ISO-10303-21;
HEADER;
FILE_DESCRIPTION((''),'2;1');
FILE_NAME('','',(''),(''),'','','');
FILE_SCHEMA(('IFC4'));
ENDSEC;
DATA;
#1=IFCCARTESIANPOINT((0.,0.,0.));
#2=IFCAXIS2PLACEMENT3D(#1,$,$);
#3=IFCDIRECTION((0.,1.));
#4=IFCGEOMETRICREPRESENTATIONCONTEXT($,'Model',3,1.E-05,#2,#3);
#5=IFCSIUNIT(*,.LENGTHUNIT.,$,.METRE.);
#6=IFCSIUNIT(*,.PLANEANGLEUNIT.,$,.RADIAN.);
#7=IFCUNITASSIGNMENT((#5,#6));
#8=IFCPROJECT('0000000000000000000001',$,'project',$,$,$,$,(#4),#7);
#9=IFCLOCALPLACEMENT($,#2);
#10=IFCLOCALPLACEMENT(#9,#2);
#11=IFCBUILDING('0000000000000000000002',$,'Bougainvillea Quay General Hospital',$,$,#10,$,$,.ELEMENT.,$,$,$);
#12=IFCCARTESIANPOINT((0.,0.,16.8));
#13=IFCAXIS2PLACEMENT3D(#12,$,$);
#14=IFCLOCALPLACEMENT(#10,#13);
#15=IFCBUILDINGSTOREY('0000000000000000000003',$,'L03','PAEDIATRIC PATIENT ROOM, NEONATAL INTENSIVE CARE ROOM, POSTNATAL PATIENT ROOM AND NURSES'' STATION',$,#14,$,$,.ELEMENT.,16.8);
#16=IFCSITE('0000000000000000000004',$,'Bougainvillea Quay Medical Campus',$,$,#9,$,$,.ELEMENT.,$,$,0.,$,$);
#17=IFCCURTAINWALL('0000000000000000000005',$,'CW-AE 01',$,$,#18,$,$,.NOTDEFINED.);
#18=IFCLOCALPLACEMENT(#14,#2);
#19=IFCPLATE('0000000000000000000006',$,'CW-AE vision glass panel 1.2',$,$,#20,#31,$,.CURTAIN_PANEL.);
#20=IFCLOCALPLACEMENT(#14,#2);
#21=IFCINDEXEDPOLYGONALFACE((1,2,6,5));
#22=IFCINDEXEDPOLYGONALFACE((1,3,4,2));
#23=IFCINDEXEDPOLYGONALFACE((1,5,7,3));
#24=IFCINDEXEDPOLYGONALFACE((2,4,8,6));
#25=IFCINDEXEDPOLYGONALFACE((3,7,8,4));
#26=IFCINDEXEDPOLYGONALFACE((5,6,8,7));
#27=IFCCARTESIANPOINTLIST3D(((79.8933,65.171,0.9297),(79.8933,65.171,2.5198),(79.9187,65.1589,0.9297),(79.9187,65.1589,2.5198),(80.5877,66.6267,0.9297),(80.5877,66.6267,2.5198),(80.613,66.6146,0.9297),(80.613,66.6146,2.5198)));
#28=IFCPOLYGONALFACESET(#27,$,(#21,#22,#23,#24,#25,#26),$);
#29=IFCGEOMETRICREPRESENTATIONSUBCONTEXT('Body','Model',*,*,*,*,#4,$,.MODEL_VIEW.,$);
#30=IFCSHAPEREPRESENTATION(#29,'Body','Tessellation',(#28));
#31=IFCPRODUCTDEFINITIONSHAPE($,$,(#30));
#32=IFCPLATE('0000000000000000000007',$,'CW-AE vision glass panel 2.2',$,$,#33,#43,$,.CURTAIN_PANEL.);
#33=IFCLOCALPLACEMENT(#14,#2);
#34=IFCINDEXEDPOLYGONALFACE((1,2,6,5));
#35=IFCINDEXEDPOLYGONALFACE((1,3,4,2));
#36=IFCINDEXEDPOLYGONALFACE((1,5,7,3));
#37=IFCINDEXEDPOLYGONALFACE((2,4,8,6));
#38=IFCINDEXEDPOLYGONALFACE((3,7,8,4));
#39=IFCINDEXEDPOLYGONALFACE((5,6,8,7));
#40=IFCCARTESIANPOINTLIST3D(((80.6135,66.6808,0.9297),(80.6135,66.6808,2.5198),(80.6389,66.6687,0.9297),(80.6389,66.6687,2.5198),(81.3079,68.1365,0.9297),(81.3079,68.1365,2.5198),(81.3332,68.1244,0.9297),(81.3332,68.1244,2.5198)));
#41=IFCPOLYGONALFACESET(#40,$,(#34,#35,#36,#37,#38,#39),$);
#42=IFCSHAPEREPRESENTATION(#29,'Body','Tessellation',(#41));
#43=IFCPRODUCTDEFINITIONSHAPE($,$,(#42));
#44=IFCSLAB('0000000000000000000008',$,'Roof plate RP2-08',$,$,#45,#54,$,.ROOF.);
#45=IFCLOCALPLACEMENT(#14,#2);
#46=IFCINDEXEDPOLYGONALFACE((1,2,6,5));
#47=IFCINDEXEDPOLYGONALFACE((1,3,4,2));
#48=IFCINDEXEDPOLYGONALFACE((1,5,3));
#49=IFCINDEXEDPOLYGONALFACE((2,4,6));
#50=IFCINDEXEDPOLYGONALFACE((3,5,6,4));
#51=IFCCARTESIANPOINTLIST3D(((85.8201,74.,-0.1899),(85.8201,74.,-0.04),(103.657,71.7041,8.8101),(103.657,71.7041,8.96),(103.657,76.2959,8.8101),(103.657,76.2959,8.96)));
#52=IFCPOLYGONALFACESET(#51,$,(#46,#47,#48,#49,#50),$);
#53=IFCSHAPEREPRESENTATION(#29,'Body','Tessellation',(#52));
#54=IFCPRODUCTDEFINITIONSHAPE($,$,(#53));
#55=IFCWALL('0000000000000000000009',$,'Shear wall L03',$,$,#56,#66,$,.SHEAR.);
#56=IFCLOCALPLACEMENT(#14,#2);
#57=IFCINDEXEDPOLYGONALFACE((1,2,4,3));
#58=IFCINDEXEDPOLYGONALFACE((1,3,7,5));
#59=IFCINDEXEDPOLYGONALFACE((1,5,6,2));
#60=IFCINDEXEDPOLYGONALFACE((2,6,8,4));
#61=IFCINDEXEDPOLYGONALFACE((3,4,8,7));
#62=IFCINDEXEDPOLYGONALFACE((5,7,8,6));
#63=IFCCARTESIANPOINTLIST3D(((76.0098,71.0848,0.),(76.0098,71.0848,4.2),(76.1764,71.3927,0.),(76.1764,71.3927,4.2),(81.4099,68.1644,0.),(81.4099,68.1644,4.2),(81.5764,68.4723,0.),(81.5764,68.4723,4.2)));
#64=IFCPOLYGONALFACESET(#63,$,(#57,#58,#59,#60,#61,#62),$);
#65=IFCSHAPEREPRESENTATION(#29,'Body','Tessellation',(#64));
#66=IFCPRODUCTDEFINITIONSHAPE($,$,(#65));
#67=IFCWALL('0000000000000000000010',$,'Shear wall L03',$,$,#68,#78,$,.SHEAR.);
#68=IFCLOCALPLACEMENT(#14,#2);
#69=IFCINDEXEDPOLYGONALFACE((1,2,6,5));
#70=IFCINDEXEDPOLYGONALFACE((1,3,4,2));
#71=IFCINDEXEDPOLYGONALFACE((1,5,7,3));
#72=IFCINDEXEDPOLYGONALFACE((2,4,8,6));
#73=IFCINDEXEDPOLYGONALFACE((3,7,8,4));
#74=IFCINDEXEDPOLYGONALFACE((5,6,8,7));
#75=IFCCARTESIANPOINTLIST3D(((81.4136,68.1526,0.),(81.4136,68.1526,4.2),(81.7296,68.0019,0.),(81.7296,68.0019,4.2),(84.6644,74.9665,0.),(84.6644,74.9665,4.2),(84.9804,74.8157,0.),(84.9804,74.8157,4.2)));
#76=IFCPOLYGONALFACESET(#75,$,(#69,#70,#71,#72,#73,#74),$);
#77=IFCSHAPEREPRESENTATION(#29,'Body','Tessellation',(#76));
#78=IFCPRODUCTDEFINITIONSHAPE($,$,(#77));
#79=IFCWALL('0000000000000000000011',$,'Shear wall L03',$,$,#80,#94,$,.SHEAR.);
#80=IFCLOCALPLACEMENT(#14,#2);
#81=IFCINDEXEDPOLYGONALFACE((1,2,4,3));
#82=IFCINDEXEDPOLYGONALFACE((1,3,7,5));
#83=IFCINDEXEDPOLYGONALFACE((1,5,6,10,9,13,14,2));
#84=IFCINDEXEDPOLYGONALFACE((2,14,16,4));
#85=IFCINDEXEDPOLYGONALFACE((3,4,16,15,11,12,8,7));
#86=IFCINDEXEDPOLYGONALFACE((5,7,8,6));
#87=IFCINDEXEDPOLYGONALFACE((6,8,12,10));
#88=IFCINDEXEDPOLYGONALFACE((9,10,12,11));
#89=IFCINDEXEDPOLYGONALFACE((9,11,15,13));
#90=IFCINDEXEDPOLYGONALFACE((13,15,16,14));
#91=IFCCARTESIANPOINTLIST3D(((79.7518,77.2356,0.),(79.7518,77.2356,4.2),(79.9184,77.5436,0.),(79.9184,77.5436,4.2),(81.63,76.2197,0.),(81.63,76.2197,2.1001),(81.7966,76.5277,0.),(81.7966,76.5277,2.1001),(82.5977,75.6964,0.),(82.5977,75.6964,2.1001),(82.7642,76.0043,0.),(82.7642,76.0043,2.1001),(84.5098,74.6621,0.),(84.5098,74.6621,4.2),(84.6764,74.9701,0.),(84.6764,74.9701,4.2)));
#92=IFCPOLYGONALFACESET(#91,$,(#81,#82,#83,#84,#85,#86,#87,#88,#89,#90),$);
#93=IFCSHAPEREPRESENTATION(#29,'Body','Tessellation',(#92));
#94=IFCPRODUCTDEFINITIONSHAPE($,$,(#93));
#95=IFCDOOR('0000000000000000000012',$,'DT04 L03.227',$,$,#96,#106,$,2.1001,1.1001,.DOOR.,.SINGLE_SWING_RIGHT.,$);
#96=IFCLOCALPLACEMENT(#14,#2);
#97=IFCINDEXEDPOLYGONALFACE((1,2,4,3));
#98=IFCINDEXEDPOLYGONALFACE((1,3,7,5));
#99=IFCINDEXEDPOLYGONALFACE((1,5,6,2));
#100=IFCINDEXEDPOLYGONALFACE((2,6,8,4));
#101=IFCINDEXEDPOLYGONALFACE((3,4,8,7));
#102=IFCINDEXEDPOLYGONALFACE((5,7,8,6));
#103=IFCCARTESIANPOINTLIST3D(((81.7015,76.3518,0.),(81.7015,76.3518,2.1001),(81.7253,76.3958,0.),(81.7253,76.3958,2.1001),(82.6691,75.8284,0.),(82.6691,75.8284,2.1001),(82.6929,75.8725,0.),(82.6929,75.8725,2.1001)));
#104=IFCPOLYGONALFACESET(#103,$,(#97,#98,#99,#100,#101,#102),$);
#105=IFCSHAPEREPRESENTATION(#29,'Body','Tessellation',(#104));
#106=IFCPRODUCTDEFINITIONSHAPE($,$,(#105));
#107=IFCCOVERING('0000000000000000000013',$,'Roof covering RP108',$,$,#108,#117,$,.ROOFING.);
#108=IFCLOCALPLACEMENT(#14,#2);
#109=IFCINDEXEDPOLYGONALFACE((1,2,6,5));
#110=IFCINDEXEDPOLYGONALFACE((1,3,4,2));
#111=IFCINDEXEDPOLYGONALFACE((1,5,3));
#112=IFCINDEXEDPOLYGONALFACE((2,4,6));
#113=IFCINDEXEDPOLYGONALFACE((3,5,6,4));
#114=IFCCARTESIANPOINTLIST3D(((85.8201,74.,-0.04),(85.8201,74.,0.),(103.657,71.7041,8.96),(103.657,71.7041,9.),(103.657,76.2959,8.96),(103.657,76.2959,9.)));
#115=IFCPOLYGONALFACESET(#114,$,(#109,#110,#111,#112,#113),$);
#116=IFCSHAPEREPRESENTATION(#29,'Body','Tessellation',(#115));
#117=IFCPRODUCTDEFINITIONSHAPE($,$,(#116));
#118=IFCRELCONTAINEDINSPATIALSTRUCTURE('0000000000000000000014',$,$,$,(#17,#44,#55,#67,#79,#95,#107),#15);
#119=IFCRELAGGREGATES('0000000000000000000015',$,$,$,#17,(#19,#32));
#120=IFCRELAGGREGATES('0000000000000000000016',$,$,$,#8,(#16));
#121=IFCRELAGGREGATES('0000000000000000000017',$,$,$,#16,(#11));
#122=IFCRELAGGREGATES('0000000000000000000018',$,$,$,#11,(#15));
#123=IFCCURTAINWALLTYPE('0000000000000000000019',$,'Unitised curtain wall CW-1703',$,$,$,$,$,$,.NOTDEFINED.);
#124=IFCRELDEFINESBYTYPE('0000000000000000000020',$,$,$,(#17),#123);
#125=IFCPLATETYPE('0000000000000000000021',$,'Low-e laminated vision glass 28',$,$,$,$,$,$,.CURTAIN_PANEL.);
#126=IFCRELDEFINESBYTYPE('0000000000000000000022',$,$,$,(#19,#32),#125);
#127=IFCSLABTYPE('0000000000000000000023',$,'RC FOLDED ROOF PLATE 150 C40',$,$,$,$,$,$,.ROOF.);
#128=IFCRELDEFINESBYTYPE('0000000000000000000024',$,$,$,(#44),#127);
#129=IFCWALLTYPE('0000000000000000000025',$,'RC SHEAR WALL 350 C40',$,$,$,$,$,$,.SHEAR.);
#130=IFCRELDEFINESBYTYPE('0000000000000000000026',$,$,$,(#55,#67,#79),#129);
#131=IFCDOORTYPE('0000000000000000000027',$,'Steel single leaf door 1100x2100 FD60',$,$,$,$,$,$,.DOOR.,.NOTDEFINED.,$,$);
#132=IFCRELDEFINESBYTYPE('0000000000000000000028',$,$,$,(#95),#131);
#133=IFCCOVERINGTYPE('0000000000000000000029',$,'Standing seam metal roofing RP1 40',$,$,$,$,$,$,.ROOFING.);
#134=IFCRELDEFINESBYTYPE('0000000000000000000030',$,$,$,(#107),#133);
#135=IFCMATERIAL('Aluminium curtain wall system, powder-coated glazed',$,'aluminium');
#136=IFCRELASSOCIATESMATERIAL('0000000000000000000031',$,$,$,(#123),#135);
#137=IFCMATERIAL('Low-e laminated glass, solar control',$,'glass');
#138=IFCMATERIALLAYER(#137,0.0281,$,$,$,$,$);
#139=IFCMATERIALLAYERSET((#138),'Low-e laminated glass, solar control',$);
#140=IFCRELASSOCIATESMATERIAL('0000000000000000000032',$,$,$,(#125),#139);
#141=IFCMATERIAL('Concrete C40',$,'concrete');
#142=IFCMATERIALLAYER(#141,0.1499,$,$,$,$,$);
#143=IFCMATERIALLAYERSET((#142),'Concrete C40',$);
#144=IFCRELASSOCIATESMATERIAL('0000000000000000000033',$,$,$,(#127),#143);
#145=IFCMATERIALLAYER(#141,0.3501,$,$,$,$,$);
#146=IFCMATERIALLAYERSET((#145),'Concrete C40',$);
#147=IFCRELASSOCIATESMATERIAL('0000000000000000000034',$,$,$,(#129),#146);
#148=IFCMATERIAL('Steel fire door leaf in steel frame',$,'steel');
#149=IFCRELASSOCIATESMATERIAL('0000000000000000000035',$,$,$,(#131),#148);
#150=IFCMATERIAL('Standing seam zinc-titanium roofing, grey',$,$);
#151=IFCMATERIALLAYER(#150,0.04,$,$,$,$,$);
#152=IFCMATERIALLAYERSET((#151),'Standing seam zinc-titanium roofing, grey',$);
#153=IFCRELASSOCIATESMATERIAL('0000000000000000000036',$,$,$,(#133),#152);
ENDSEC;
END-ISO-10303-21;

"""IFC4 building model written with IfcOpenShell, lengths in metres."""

from ifc_helpers import new_model, si_unit, direction, frame, frame_2d, origin, origin_2d, place, context, subcontext, project, spatial, polyline, rectangle, outline, extrude, material, layer, layer_set, type_object, element, fill, aggregate, save


model = new_model("IFC4")

# Units and contexts
model_context = context("Model", 3, precision=1e-05, world=origin(), true_north=direction((0.0, 1.0)))
body_context = subcontext(model_context, "Body", "Model", "MODEL_VIEW")
ifc_project = project(units=[si_unit("LENGTHUNIT", "METRE"), si_unit("PLANEANGLEUNIT", "RADIAN")], contexts=[model_context])

# Site, building, storey
site_placement = place(None, origin())
site = spatial("IfcSite", under=ifc_project, at=site_placement, Name="Bougainvillea Quay Medical Campus", CompositionType="ELEMENT", RefElevation=0.0)
building_placement = place(site_placement, origin())
building = spatial("IfcBuilding", under=site, at=building_placement, Name="Bougainvillea Quay General Hospital", CompositionType="ELEMENT")
storey_placement = place(building_placement, frame((0.0, 0.0, 16.8)))
storey = spatial("IfcBuildingStorey", under=building, at=storey_placement, Name="L03", Description="PAEDIATRIC PATIENT ROOM, NEONATAL INTENSIVE CARE ROOM, POSTNATAL PATIENT ROOM AND NURSES' STATION", CompositionType="ELEMENT", Elevation=16.8)

# Shared definitions
ifc_material_1 = material(Name="Concrete C40", Category="concrete")

# Curtain wall
ifc_material_2 = material(Name="Aluminium curtain wall system, powder-coated glazed", Category="aluminium")
curtain_wall_type_1 = type_object("IfcCurtainWallType", Name="Unitised curtain wall CW-1703", PredefinedType="NOTDEFINED", material=ifc_material_2)
curtain_wall_1_placement = place(storey_placement, origin())
curtain_wall_1 = element("IfcCurtainWall", 1, at=curtain_wall_1_placement, inside=storey, type_object=curtain_wall_type_1, Name="CW-AE 01", PredefinedType="NOTDEFINED")

# Plates
ifc_material_3 = material(Name="Low-e laminated glass, solar control", Category="glass")
ifc_layer_1 = layer(ifc_material_3, 0.0281)
ifc_layer_set_1 = layer_set([ifc_layer_1], Name="Low-e laminated glass, solar control")
plate_type_1 = type_object("IfcPlateType", Name="Low-e laminated vision glass 28", PredefinedType="CURTAIN_PANEL", material=ifc_layer_set_1)
plate_1_placement = place(storey_placement, frame((80.2532, 65.8928, 0.9297), z_axis=(0.0, 0.0, 1.0), x_axis=(0.430525, 0.902578, 0.0)))
plate_1 = element("IfcPlate", 2, at=plate_1_placement, type_object=plate_type_1, Name="CW-AE vision glass panel 1.2", PredefinedType="CURTAIN_PANEL", context=body_context, shape_type="SweptSolid", body=[
    extrude(rectangle(XDim=1.6128, YDim=0.0281, at=origin_2d()), origin(), (0.0, 0.0, 1.0), 1.5901),
])
plate_2_placement = place(storey_placement, frame((80.9734, 67.4026, 0.9297), z_axis=(0.0, 0.0, 1.0), x_axis=(0.430525, 0.902578, 0.0)))
plate_2 = element("IfcPlate", 3, at=plate_2_placement, type_object=plate_type_1, Name="CW-AE vision glass panel 2.2", PredefinedType="CURTAIN_PANEL", context=body_context, shape_type="SweptSolid", body=[
    extrude(rectangle(XDim=1.6128, YDim=0.0281, at=origin_2d()), origin(), (0.0, 0.0, 1.0), 1.5901),
])
aggregate(curtain_wall_1, [plate_1, plate_2])

# Slab
ifc_layer_2 = layer(ifc_material_1, 0.1499)
ifc_layer_set_2 = layer_set([ifc_layer_2], Name="Concrete C40")
slab_type = type_object("IfcSlabType", Name="RC FOLDED ROOF PLATE 150 C40", PredefinedType="ROOF", material=ifc_layer_set_2)
slab_placement = place(storey_placement, frame((85.8201, 74.0, -0.04), z_axis=(-0.450476, 0.0, 0.892789), x_axis=(0.886951, 0.114165, 0.44753)))
element("IfcSlab", 4, at=slab_placement, inside=storey, type_object=slab_type, Name="Roof plate RP2-08", PredefinedType="ROOF", context=body_context, shape_type="SweptSolid", body=[
    extrude(outline(polyline([(0.0, 0.0), (20.1104, 0.0), (19.5861, -4.5618), (0.0, 0.0)])), origin(), (-0.44753, 0.051429, -0.892789), 0.1499),
])

# Walls
ifc_layer_3 = layer(ifc_material_1, 0.3501)
ifc_layer_set_3 = layer_set([ifc_layer_3], Name="Concrete C40")
wall_type = type_object("IfcWallType", Name="RC SHEAR WALL 350 C40", PredefinedType="SHEAR", material=ifc_layer_set_3)
wall_1_placement = place(storey_placement, frame((81.4932, 68.3184, 0.0), z_axis=(0.0, 0.0, 1.0), x_axis=(-0.87961, 0.475695, 0.0)))
element("IfcWall", 5, at=wall_1_placement, inside=storey, type_object=wall_type, Name="Shear wall L03", PredefinedType="SHEAR", context=body_context, shape_type="SweptSolid", body=[
    extrude(rectangle(XDim=6.1392, YDim=0.3501, at=frame_2d((3.0696, 0.0))), origin(), (0.0, 0.0, 1.0), 4.2),
])
wall_2_placement = place(storey_placement, frame((81.5715, 68.0771, 0.0), z_axis=(0.0, 0.0, 1.0), x_axis=(0.430592, 0.902546, 0.0)))
element("IfcWall", 6, at=wall_2_placement, inside=storey, type_object=wall_type, Name="Shear wall L03", PredefinedType="SHEAR", context=body_context, shape_type="SweptSolid", body=[
    extrude(rectangle(XDim=7.5496, YDim=0.3501, at=frame_2d((3.7749, 0.0))), origin(), (0.0, 0.0, 1.0), 4.2),
])

# Wall, opening, door
wall_3_placement = place(storey_placement, frame((84.593, 74.8162, 0.0), z_axis=(0.0, 0.0, 1.0), x_axis=(-0.879586, 0.475741, 0.0)))
wall_3 = element("IfcWall", 7, at=wall_3_placement, inside=storey, type_object=wall_type, Name="Shear wall L03", PredefinedType="SHEAR", context=body_context, shape_type="SweptSolid", body=[
    extrude(rectangle(XDim=5.4094, YDim=0.3501, at=frame_2d((2.7046, 0.0))), origin(), (0.0, 0.0, 1.0), 4.2),
])
opening_placement = place(wall_3_placement, frame((2.1738, 0.0, 0.0)))
opening = element("IfcOpeningElement", 8, at=opening_placement, cuts=wall_3, PredefinedType="OPENING", context=body_context, shape_type="SweptSolid", body=[
    extrude(rectangle(XDim=1.1001, YDim=2.1001, at=frame_2d((0.55, 1.05))), frame((0.0, 0.1851, 0.0), z_axis=(0.0, -1.0, 0.0), x_axis=(1.0, 0.0, 0.0)), (0.0, 0.0, 1.0), 0.3701),
])
ifc_material_4 = material(Name="Steel fire door leaf in steel frame", Category="steel")
door_type = type_object("IfcDoorType", Name="Steel single leaf door 1100x2100 FD60", OperationType="NOTDEFINED", PredefinedType="DOOR", material=ifc_material_4)
door_placement = place(opening_placement, origin())
door = element("IfcDoor", 9, at=door_placement, inside=storey, type_object=door_type, Name="DT04 L03.227", OperationType="SINGLE_SWING_RIGHT", OverallHeight=2.1001, OverallWidth=1.1001, PredefinedType="DOOR", context=body_context, shape_type="SweptSolid", body=[
    extrude(rectangle(XDim=1.1001, YDim=2.1001, at=frame_2d((0.55, 1.05))), frame((0.0, 0.0249, 0.0), z_axis=(0.0, -1.0, 0.0), x_axis=(1.0, 0.0, 0.0)), (0.0, 0.0, 1.0), 0.05),
])
fill(opening, door)

# Covering
ifc_material_5 = material(Name="Standing seam zinc-titanium roofing, grey")
ifc_layer_4 = layer(ifc_material_5, 0.04)
ifc_layer_set_4 = layer_set([ifc_layer_4], Name="Standing seam zinc-titanium roofing, grey")
covering_type = type_object("IfcCoveringType", Name="Standing seam metal roofing RP1 40", PredefinedType="ROOFING", material=ifc_layer_set_4)
covering_placement = place(storey_placement, frame((85.8201, 74.0, 0.0), z_axis=(-0.450476, 0.0, 0.892789), x_axis=(0.886951, 0.114165, 0.44753)))
element("IfcCovering", 10, at=covering_placement, inside=storey, type_object=covering_type, Name="Roof covering RP108", PredefinedType="ROOFING", context=body_context, shape_type="SweptSolid", body=[
    extrude(outline(polyline([(0.0, 0.0), (20.1104, 0.0), (19.5861, -4.5618), (0.0, 0.0)])), origin(), (-0.44753, 0.051429, -0.892789), 0.04),
])

save(model, "model.ifc")
